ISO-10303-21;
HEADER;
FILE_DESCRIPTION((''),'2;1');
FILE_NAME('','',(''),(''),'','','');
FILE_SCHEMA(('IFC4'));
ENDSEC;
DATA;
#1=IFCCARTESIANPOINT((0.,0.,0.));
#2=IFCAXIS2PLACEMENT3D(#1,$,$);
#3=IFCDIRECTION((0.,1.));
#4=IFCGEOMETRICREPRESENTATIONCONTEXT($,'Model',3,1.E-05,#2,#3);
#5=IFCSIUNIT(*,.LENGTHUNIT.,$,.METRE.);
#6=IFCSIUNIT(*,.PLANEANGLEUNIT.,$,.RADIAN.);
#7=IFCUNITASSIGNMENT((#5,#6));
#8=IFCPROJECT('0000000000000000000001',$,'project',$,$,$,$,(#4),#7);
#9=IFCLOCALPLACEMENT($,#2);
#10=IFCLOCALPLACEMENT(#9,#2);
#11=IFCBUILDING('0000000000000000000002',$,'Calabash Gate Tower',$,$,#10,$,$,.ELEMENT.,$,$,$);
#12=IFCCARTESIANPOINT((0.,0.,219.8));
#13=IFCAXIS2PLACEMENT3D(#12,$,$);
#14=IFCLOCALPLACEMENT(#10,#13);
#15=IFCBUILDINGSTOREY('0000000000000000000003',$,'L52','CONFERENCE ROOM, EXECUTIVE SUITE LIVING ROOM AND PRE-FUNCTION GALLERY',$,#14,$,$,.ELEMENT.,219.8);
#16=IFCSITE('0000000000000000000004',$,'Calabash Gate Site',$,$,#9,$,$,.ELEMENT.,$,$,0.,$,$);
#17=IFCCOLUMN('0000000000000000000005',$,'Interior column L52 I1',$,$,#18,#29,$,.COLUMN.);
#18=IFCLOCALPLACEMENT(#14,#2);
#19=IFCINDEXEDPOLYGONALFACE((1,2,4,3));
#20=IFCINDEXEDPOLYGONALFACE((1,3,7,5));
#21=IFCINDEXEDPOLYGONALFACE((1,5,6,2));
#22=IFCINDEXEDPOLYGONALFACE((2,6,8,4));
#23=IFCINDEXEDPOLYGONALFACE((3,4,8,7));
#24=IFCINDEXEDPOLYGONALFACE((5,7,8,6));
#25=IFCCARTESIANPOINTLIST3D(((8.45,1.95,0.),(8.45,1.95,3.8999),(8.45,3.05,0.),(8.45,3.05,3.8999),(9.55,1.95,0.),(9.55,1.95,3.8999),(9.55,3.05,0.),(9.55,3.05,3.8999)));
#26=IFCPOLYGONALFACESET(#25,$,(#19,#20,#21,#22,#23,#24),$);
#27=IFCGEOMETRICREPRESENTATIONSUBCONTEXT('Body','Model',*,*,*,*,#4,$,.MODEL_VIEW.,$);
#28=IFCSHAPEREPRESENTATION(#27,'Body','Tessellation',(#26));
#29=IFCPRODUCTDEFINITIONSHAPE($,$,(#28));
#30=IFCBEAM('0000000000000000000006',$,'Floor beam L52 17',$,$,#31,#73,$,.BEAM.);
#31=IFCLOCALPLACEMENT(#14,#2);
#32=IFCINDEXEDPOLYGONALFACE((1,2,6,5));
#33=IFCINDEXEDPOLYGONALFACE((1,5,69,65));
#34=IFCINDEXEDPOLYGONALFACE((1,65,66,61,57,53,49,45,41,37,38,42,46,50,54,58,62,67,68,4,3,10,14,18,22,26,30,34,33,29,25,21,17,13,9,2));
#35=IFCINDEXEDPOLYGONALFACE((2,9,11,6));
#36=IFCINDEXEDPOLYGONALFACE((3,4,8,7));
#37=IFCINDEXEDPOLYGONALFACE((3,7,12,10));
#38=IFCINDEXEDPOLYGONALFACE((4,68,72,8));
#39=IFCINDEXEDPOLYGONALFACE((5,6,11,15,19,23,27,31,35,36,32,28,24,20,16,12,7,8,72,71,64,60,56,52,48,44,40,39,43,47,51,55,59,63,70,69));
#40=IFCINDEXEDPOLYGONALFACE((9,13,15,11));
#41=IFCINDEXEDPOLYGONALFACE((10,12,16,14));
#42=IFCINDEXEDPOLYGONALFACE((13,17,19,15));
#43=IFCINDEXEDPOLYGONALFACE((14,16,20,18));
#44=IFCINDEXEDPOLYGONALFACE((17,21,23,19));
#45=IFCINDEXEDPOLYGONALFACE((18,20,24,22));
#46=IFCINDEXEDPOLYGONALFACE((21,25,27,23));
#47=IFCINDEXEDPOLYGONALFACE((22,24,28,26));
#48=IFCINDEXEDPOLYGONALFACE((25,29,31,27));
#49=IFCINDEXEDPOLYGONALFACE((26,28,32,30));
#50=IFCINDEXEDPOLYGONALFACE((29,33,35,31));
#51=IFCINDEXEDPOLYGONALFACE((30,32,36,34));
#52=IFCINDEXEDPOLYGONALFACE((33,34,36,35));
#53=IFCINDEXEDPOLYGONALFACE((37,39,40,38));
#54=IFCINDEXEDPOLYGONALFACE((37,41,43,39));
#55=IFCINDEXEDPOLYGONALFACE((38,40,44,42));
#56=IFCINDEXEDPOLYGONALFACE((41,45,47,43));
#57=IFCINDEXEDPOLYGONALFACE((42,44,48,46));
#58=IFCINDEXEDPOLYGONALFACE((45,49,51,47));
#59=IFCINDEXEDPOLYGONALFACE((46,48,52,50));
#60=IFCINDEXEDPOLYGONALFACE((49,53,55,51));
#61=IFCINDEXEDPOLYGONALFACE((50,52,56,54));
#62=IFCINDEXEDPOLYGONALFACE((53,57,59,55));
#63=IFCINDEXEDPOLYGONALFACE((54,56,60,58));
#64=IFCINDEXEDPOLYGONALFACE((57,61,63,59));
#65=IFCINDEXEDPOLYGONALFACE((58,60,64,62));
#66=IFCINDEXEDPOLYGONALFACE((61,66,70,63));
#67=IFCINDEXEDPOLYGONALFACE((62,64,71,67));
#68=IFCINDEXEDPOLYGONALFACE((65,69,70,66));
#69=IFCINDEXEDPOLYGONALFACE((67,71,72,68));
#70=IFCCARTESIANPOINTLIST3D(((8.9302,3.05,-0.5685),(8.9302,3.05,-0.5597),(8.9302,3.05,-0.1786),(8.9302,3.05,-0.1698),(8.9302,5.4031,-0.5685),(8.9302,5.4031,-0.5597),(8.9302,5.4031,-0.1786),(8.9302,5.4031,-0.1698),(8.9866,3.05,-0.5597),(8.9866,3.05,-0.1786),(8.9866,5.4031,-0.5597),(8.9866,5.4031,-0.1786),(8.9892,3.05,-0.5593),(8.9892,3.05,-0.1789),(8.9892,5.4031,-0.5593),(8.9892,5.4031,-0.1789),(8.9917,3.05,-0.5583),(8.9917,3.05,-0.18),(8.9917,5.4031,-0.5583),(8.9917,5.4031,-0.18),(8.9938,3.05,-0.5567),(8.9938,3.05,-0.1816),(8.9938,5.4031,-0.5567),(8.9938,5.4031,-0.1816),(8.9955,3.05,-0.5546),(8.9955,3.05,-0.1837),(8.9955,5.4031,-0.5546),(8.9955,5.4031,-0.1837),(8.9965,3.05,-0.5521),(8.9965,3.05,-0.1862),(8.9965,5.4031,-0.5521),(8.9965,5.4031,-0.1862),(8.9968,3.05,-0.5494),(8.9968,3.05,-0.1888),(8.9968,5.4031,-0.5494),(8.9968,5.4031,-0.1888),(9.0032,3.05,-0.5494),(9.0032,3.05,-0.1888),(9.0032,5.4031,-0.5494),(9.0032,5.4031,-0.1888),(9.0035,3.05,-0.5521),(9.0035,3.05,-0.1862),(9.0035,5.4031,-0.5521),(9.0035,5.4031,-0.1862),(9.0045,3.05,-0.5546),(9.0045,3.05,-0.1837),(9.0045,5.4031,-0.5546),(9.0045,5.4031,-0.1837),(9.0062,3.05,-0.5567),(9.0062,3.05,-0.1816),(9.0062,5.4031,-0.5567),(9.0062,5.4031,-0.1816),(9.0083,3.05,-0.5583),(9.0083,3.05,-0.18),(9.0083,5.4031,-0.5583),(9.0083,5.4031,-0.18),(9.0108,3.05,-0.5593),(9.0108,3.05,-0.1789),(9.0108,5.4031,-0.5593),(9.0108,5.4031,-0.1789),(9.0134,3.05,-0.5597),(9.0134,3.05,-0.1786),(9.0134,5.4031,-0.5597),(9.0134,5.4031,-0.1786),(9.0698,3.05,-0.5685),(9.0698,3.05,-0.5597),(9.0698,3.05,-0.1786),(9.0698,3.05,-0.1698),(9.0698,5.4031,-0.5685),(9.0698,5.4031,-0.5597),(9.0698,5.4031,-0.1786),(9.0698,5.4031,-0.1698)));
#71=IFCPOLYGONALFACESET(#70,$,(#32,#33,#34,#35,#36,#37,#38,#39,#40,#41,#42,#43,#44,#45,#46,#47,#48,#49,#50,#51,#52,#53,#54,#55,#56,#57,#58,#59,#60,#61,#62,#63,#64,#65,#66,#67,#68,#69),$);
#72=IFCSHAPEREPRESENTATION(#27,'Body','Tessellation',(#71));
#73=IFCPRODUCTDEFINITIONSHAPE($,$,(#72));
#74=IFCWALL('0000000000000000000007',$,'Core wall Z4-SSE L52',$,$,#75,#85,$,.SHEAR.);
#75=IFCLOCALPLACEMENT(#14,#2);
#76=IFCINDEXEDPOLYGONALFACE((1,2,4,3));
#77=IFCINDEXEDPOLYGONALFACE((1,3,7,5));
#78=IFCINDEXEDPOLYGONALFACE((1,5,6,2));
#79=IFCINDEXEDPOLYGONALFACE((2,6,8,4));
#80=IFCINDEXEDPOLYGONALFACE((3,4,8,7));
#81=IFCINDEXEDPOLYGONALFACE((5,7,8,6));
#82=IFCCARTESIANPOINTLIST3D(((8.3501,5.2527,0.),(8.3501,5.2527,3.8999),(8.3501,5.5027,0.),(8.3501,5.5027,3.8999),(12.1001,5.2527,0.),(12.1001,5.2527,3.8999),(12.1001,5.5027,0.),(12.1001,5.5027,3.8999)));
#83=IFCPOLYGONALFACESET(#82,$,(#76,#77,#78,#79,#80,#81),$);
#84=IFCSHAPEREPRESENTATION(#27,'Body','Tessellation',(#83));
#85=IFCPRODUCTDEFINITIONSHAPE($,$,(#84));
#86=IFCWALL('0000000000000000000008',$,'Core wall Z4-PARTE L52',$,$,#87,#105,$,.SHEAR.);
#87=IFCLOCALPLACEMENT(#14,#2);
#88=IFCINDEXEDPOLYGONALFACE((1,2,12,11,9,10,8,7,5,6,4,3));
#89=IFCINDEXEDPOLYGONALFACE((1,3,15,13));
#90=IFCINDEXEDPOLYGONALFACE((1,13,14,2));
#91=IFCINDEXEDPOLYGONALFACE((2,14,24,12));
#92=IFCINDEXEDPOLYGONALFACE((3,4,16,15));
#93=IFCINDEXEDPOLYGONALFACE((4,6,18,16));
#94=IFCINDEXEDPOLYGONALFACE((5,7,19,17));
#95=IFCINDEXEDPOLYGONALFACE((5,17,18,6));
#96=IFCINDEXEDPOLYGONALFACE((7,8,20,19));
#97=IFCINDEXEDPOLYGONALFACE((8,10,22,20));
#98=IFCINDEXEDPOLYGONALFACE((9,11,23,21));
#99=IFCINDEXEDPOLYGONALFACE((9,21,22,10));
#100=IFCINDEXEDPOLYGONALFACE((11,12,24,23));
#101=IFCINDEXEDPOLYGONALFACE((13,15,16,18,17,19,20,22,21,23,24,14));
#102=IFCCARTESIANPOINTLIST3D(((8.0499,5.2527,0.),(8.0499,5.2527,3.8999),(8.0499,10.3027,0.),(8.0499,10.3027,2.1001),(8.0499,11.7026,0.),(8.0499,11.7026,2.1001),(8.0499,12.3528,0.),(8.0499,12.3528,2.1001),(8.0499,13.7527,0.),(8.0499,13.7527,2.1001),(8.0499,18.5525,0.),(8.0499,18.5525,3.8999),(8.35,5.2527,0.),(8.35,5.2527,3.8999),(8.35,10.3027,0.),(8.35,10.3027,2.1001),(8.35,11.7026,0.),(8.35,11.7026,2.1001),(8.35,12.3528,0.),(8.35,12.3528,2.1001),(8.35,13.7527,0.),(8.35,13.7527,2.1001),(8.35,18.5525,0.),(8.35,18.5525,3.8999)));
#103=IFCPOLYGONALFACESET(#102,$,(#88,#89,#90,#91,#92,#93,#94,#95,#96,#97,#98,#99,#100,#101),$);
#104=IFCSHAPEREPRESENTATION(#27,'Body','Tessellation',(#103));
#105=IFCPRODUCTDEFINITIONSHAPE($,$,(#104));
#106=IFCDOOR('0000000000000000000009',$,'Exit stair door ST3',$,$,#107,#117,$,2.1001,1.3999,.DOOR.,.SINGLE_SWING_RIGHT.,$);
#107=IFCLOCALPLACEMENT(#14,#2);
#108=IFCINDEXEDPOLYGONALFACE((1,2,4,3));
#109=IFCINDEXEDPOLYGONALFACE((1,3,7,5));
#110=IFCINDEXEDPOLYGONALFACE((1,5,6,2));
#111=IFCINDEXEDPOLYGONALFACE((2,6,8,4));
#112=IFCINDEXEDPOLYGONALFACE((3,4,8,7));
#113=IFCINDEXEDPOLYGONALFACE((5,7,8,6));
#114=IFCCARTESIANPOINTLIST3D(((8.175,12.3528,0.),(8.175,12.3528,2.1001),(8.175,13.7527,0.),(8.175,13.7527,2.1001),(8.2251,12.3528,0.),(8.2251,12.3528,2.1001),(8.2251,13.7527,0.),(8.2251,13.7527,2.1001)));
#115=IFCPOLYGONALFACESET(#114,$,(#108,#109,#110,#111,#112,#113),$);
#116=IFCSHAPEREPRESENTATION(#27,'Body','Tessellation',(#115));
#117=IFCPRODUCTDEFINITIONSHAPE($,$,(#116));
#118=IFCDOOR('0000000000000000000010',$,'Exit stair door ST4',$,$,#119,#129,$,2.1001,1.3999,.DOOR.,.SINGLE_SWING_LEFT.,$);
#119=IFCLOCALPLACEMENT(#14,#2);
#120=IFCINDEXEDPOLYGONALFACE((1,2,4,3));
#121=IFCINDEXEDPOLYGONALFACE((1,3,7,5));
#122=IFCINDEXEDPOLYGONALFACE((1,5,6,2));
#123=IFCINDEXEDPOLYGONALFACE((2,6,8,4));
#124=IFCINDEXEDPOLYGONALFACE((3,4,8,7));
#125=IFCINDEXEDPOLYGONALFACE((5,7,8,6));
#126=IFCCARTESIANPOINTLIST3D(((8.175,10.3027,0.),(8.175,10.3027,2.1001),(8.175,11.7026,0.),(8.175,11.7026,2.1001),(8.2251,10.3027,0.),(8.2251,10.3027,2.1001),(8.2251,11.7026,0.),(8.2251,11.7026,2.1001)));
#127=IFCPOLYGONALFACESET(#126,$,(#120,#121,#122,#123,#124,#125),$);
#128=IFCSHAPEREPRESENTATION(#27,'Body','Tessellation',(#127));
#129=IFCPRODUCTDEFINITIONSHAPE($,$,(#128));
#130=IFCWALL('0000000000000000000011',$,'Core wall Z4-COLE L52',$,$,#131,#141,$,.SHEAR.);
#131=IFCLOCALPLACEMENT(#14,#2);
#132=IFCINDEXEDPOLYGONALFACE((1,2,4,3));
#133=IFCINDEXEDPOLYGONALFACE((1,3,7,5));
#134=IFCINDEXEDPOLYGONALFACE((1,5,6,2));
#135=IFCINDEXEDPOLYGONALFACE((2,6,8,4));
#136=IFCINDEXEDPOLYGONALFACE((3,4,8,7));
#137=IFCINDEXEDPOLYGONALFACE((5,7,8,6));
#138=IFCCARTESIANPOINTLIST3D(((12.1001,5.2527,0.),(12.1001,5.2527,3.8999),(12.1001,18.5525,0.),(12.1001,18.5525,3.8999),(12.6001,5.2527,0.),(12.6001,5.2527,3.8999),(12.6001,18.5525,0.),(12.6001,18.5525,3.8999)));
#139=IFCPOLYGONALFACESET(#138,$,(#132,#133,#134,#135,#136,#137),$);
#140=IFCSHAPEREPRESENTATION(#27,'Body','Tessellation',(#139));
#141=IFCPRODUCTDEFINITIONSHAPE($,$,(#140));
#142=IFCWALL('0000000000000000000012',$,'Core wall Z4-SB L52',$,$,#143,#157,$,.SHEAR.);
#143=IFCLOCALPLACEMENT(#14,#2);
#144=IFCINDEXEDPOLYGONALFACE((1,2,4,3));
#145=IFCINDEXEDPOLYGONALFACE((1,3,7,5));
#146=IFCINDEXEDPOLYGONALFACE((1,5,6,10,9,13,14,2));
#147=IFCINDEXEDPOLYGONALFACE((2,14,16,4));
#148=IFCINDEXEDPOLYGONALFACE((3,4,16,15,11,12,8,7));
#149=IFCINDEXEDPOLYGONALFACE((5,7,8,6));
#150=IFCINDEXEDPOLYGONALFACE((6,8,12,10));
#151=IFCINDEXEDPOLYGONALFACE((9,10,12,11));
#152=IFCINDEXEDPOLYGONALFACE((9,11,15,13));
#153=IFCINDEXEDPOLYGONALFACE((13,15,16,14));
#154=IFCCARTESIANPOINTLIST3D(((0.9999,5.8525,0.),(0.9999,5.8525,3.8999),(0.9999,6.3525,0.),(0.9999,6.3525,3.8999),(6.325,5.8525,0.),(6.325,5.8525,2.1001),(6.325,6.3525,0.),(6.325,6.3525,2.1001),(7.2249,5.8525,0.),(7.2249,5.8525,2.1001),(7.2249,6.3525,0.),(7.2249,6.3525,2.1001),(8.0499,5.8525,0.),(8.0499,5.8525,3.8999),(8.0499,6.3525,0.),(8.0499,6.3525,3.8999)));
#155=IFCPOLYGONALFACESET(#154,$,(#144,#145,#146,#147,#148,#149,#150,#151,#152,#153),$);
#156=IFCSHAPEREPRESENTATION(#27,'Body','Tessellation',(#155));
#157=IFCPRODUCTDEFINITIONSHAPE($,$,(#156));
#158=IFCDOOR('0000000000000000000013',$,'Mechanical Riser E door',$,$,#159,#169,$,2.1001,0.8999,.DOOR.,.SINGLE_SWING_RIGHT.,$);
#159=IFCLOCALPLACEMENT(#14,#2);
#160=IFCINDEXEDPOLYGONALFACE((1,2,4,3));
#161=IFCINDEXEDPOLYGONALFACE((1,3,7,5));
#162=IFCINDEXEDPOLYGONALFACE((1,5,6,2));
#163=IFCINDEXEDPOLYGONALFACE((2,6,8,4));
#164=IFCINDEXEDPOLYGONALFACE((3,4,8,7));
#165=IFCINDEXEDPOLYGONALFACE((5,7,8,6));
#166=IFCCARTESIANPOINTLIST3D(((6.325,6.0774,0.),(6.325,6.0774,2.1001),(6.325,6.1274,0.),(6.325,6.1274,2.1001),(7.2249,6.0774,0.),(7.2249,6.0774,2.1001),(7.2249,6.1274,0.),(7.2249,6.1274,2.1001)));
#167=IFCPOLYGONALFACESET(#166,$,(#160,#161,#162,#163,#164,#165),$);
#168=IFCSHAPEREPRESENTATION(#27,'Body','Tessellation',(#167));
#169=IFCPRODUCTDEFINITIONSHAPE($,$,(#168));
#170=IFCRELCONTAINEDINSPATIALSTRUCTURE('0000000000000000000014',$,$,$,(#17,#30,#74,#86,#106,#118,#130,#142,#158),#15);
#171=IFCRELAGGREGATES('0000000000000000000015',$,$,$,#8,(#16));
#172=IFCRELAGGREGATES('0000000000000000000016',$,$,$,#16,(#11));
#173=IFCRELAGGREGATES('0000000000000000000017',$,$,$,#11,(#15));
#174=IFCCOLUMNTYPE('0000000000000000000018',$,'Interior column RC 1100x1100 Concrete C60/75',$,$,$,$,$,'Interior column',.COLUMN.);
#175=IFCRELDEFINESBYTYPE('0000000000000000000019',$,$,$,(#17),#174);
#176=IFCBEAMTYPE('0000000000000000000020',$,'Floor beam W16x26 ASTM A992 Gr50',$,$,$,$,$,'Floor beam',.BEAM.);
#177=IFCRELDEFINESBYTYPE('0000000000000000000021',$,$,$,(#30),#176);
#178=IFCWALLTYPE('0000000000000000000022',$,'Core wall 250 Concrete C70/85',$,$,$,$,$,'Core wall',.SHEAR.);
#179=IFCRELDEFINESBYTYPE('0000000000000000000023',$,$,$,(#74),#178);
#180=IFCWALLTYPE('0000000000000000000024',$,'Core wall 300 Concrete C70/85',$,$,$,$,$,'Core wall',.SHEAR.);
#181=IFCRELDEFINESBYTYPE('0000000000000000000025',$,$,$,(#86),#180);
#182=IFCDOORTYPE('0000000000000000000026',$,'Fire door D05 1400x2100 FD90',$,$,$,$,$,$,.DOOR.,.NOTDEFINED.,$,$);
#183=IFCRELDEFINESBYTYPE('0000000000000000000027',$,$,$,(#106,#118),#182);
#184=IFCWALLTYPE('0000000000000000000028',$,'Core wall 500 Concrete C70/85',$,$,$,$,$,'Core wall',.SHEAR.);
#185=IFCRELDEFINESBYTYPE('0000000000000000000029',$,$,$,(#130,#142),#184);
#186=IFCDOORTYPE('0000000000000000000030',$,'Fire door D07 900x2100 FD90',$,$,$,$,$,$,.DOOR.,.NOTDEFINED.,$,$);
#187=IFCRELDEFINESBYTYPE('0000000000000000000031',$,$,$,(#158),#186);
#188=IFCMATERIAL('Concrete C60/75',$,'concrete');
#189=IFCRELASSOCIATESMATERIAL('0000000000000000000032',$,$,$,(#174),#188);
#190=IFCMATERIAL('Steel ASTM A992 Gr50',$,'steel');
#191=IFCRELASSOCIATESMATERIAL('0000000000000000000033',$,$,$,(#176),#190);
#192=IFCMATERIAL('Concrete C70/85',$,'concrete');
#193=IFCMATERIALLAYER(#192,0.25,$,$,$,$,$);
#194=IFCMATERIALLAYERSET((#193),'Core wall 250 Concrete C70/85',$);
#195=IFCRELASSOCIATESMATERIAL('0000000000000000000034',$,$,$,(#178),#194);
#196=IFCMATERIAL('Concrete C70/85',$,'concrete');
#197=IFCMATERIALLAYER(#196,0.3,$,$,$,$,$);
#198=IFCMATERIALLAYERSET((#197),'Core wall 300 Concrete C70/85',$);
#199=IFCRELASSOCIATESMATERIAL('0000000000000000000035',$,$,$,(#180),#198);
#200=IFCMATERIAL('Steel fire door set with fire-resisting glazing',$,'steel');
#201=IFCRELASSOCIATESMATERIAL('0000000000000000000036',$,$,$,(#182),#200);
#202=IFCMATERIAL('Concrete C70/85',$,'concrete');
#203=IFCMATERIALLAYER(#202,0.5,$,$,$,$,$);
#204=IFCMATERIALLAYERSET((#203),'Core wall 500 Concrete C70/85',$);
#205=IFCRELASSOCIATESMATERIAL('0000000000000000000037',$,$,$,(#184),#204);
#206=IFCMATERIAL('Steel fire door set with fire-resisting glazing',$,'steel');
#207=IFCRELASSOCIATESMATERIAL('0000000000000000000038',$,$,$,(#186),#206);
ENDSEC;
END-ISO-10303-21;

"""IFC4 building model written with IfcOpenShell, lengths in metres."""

from ifc_helpers import new_model, si_unit, direction, frame, frame_2d, origin, origin_2d, place, context, subcontext, project, spatial, rectangle, i_section, extrude, material, layer, layer_set, material_profile, profile_set, type_object, element, fill, save


model = new_model("IFC4")

# Units and contexts
model_context = context("Model", 3, precision=1e-05, world=origin(), true_north=direction((0.0, 1.0)))
body_context = subcontext(model_context, "Body", "Model", "MODEL_VIEW")
ifc_project = project(units=[si_unit("LENGTHUNIT", "METRE"), si_unit("PLANEANGLEUNIT", "RADIAN")], contexts=[model_context])

# Site, building, storey
site_placement = place(None, origin())
site = spatial("IfcSite", under=ifc_project, at=site_placement, Name="Calabash Gate Site", CompositionType="ELEMENT", RefElevation=0.0)
building_placement = place(site_placement, origin())
building = spatial("IfcBuilding", under=site, at=building_placement, Name="Calabash Gate Tower", CompositionType="ELEMENT")
storey_placement = place(building_placement, frame((0.0, 0.0, 219.8)))
storey = spatial("IfcBuildingStorey", under=building, at=storey_placement, Name="L52", Description="CONFERENCE ROOM, EXECUTIVE SUITE LIVING ROOM AND PRE-FUNCTION GALLERY", CompositionType="ELEMENT", Elevation=219.8)

# Column
ifc_material_1 = material(Name="Concrete C60/75", Category="concrete")
ifc_material_profile_1 = material_profile(ifc_material_1, rectangle(XDim=1.1001, YDim=1.1001, at=origin_2d()))
ifc_profile_set_1 = profile_set([ifc_material_profile_1], Name="Concrete C60/75")
column_type = type_object("IfcColumnType", Name="Interior column RC 1100x1100 Concrete C60/75", ElementType="Interior column", PredefinedType="COLUMN", material=ifc_profile_set_1)
column_placement = place(storey_placement, frame((9.0, 2.5, 0.0), z_axis=(0.0, 0.0, 1.0), x_axis=(1.0, 0.0, 0.0)))
element("IfcColumn", 1, at=column_placement, inside=storey, type_object=column_type, Name="Interior column L52 I1", PredefinedType="COLUMN", context=body_context, shape_type="SweptSolid", body=[
    extrude(rectangle(XDim=1.1001, YDim=1.1001, at=origin_2d()), origin(), (0.0, 0.0, 1.0), 3.8999),
])

# Beam
ifc_material_2 = material(Name="Steel ASTM A992 Gr50", Category="steel")
ifc_material_profile_2 = material_profile(ifc_material_2, i_section(OverallWidth=0.1396, OverallDepth=0.3987, WebThickness=0.0063, FlangeThickness=0.0088, FilletRadius=0.0103, at=origin_2d()))
ifc_profile_set_2 = profile_set([ifc_material_profile_2], Name="Steel ASTM A992 Gr50")
beam_type = type_object("IfcBeamType", Name="Floor beam W16x26 ASTM A992 Gr50", ElementType="Floor beam", PredefinedType="BEAM", material=ifc_profile_set_2)
beam_placement = place(storey_placement, frame((9.0, 3.05, -0.3691), z_axis=(0.0, 1.0, 0.0), x_axis=(-1.0, 0.0, 0.0)))
element("IfcBeam", 2, at=beam_placement, inside=storey, type_object=beam_type, Name="Floor beam L52 17", PredefinedType="BEAM", context=body_context, shape_type="SweptSolid", body=[
    extrude(i_section(OverallWidth=0.1396, OverallDepth=0.3987, WebThickness=0.0063, FlangeThickness=0.0088, FilletRadius=0.0103, at=origin_2d()), origin(), (0.0, 0.0, 1.0), 2.353),
])

# Wall
ifc_material_3 = material(Name="Concrete C70/85", Category="concrete")
ifc_layer_1 = layer(ifc_material_3, 0.25)
ifc_layer_set_1 = layer_set([ifc_layer_1], Name="Core wall 250 Concrete C70/85")
wall_type_1 = type_object("IfcWallType", Name="Core wall 250 Concrete C70/85", ElementType="Core wall", PredefinedType="SHEAR", material=ifc_layer_set_1)
wall_1_placement = place(storey_placement, frame((8.3501, 5.3777, 0.0), z_axis=(0.0, 0.0, 1.0), x_axis=(1.0, 0.0, 0.0)))
element("IfcWall", 3, at=wall_1_placement, inside=storey, type_object=wall_type_1, Name="Core wall Z4-SSE L52", PredefinedType="SHEAR", context=body_context, shape_type="SweptSolid", body=[
    extrude(rectangle(XDim=3.75, YDim=0.25, at=frame_2d((1.875, 0.0))), origin(), (0.0, 0.0, 1.0), 3.8999),
])

# Wall, openings, doors
ifc_material_4 = material(Name="Concrete C70/85", Category="concrete")
ifc_layer_2 = layer(ifc_material_4, 0.3)
ifc_layer_set_2 = layer_set([ifc_layer_2], Name="Core wall 300 Concrete C70/85")
wall_type_2 = type_object("IfcWallType", Name="Core wall 300 Concrete C70/85", ElementType="Core wall", PredefinedType="SHEAR", material=ifc_layer_set_2)
wall_2_placement = place(storey_placement, frame((8.2, 5.2527, 0.0), z_axis=(0.0, 0.0, 1.0), x_axis=(0.0, 1.0, 0.0)))
wall_2 = element("IfcWall", 4, at=wall_2_placement, inside=storey, type_object=wall_type_2, Name="Core wall Z4-PARTE L52", PredefinedType="SHEAR", context=body_context, shape_type="SweptSolid", body=[
    extrude(rectangle(XDim=13.2998, YDim=0.3, at=frame_2d((6.6499, 0.0))), origin(), (0.0, 0.0, 1.0), 3.8999),
])
opening_1_placement = place(wall_2_placement, frame((7.1001, 0.0, 0.0)))
opening_1 = element("IfcOpeningElement", 5, at=opening_1_placement, cuts=wall_2, PredefinedType="OPENING", context=body_context, shape_type="SweptSolid", body=[
    extrude(rectangle(XDim=1.3999, YDim=2.1001, at=frame_2d((0.7, 1.05))), frame((0.0, 0.1599, 0.0), z_axis=(0.0, -1.0, 0.0), x_axis=(1.0, 0.0, 0.0)), (0.0, 0.0, 1.0), 0.3201),
])
opening_2_placement = place(wall_2_placement, frame((5.05, 0.0, 0.0)))
opening_2 = element("IfcOpeningElement", 6, at=opening_2_placement, cuts=wall_2, PredefinedType="OPENING", context=body_context, shape_type="SweptSolid", body=[
    extrude(rectangle(XDim=1.3999, YDim=2.1001, at=frame_2d((0.7, 1.05))), frame((0.0, 0.1599, 0.0), z_axis=(0.0, -1.0, 0.0), x_axis=(1.0, 0.0, 0.0)), (0.0, 0.0, 1.0), 0.3201),
])
ifc_material_5 = material(Name="Steel fire door set with fire-resisting glazing", Category="steel")
door_type_1 = type_object("IfcDoorType", Name="Fire door D05 1400x2100 FD90", OperationType="NOTDEFINED", PredefinedType="DOOR", material=ifc_material_5)
door_1_placement = place(opening_1_placement, origin())
door_1 = element("IfcDoor", 7, at=door_1_placement, inside=storey, type_object=door_type_1, Name="Exit stair door ST3", OperationType="SINGLE_SWING_RIGHT", OverallHeight=2.1001, OverallWidth=1.3999, PredefinedType="DOOR", context=body_context, shape_type="SweptSolid", body=[
    extrude(rectangle(XDim=1.3999, YDim=2.1001, at=frame_2d((0.7, 1.05))), frame((0.0, 0.0249, 0.0), z_axis=(0.0, -1.0, 0.0), x_axis=(1.0, 0.0, 0.0)), (0.0, 0.0, 1.0), 0.05),
])
fill(opening_1, door_1)
door_2_placement = place(opening_2_placement, origin())
door_2 = element("IfcDoor", 8, at=door_2_placement, inside=storey, type_object=door_type_1, Name="Exit stair door ST4", OperationType="SINGLE_SWING_LEFT", OverallHeight=2.1001, OverallWidth=1.3999, PredefinedType="DOOR", context=body_context, shape_type="SweptSolid", body=[
    extrude(rectangle(XDim=1.3999, YDim=2.1001, at=frame_2d((0.7, 1.05))), frame((0.0, 0.0249, 0.0), z_axis=(0.0, -1.0, 0.0), x_axis=(1.0, 0.0, 0.0)), (0.0, 0.0, 1.0), 0.05),
])
fill(opening_2, door_2)

# Wall
ifc_material_6 = material(Name="Concrete C70/85", Category="concrete")
ifc_layer_3 = layer(ifc_material_6, 0.5)
ifc_layer_set_3 = layer_set([ifc_layer_3], Name="Core wall 500 Concrete C70/85")
wall_type_3 = type_object("IfcWallType", Name="Core wall 500 Concrete C70/85", ElementType="Core wall", PredefinedType="SHEAR", material=ifc_layer_set_3)
wall_3_placement = place(storey_placement, frame((12.3501, 5.2527, 0.0), z_axis=(0.0, 0.0, 1.0), x_axis=(0.0, 1.0, 0.0)))
element("IfcWall", 9, at=wall_3_placement, inside=storey, type_object=wall_type_3, Name="Core wall Z4-COLE L52", PredefinedType="SHEAR", context=body_context, shape_type="SweptSolid", body=[
    extrude(rectangle(XDim=13.2998, YDim=0.5, at=frame_2d((6.6499, 0.0))), origin(), (0.0, 0.0, 1.0), 3.8999),
])

# Wall, opening, door
wall_4_placement = place(storey_placement, frame((1.0, 6.1025, 0.0), z_axis=(0.0, 0.0, 1.0), x_axis=(1.0, 0.0, 0.0)))
wall_4 = element("IfcWall", 10, at=wall_4_placement, inside=storey, type_object=wall_type_3, Name="Core wall Z4-SB L52", PredefinedType="SHEAR", context=body_context, shape_type="SweptSolid", body=[
    extrude(rectangle(XDim=7.05, YDim=0.5, at=frame_2d((3.5249, 0.0))), origin(), (0.0, 0.0, 1.0), 3.8999),
])
opening_3_placement = place(wall_4_placement, frame((5.325, 0.0, 0.0)))
opening_3 = element("IfcOpeningElement", 11, at=opening_3_placement, cuts=wall_4, PredefinedType="OPENING", context=body_context, shape_type="SweptSolid", body=[
    extrude(rectangle(XDim=0.8999, YDim=2.1001, at=frame_2d((0.45, 1.05))), frame((0.0, 0.26, 0.0), z_axis=(0.0, -1.0, 0.0), x_axis=(1.0, 0.0, 0.0)), (0.0, 0.0, 1.0), 0.52),
])
ifc_material_7 = material(Name="Steel fire door set with fire-resisting glazing", Category="steel")
door_type_2 = type_object("IfcDoorType", Name="Fire door D07 900x2100 FD90", OperationType="NOTDEFINED", PredefinedType="DOOR", material=ifc_material_7)
door_3_placement = place(opening_3_placement, origin())
door_3 = element("IfcDoor", 12, at=door_3_placement, inside=storey, type_object=door_type_2, Name="Mechanical Riser E door", OperationType="SINGLE_SWING_RIGHT", OverallHeight=2.1001, OverallWidth=0.8999, PredefinedType="DOOR", context=body_context, shape_type="SweptSolid", body=[
    extrude(rectangle(XDim=0.8999, YDim=2.1001, at=frame_2d((0.45, 1.05))), frame((0.0, 0.0249, 0.0), z_axis=(0.0, -1.0, 0.0), x_axis=(1.0, 0.0, 0.0)), (0.0, 0.0, 1.0), 0.05),
])
fill(opening_3, door_3)

save(model, "model.ifc")
